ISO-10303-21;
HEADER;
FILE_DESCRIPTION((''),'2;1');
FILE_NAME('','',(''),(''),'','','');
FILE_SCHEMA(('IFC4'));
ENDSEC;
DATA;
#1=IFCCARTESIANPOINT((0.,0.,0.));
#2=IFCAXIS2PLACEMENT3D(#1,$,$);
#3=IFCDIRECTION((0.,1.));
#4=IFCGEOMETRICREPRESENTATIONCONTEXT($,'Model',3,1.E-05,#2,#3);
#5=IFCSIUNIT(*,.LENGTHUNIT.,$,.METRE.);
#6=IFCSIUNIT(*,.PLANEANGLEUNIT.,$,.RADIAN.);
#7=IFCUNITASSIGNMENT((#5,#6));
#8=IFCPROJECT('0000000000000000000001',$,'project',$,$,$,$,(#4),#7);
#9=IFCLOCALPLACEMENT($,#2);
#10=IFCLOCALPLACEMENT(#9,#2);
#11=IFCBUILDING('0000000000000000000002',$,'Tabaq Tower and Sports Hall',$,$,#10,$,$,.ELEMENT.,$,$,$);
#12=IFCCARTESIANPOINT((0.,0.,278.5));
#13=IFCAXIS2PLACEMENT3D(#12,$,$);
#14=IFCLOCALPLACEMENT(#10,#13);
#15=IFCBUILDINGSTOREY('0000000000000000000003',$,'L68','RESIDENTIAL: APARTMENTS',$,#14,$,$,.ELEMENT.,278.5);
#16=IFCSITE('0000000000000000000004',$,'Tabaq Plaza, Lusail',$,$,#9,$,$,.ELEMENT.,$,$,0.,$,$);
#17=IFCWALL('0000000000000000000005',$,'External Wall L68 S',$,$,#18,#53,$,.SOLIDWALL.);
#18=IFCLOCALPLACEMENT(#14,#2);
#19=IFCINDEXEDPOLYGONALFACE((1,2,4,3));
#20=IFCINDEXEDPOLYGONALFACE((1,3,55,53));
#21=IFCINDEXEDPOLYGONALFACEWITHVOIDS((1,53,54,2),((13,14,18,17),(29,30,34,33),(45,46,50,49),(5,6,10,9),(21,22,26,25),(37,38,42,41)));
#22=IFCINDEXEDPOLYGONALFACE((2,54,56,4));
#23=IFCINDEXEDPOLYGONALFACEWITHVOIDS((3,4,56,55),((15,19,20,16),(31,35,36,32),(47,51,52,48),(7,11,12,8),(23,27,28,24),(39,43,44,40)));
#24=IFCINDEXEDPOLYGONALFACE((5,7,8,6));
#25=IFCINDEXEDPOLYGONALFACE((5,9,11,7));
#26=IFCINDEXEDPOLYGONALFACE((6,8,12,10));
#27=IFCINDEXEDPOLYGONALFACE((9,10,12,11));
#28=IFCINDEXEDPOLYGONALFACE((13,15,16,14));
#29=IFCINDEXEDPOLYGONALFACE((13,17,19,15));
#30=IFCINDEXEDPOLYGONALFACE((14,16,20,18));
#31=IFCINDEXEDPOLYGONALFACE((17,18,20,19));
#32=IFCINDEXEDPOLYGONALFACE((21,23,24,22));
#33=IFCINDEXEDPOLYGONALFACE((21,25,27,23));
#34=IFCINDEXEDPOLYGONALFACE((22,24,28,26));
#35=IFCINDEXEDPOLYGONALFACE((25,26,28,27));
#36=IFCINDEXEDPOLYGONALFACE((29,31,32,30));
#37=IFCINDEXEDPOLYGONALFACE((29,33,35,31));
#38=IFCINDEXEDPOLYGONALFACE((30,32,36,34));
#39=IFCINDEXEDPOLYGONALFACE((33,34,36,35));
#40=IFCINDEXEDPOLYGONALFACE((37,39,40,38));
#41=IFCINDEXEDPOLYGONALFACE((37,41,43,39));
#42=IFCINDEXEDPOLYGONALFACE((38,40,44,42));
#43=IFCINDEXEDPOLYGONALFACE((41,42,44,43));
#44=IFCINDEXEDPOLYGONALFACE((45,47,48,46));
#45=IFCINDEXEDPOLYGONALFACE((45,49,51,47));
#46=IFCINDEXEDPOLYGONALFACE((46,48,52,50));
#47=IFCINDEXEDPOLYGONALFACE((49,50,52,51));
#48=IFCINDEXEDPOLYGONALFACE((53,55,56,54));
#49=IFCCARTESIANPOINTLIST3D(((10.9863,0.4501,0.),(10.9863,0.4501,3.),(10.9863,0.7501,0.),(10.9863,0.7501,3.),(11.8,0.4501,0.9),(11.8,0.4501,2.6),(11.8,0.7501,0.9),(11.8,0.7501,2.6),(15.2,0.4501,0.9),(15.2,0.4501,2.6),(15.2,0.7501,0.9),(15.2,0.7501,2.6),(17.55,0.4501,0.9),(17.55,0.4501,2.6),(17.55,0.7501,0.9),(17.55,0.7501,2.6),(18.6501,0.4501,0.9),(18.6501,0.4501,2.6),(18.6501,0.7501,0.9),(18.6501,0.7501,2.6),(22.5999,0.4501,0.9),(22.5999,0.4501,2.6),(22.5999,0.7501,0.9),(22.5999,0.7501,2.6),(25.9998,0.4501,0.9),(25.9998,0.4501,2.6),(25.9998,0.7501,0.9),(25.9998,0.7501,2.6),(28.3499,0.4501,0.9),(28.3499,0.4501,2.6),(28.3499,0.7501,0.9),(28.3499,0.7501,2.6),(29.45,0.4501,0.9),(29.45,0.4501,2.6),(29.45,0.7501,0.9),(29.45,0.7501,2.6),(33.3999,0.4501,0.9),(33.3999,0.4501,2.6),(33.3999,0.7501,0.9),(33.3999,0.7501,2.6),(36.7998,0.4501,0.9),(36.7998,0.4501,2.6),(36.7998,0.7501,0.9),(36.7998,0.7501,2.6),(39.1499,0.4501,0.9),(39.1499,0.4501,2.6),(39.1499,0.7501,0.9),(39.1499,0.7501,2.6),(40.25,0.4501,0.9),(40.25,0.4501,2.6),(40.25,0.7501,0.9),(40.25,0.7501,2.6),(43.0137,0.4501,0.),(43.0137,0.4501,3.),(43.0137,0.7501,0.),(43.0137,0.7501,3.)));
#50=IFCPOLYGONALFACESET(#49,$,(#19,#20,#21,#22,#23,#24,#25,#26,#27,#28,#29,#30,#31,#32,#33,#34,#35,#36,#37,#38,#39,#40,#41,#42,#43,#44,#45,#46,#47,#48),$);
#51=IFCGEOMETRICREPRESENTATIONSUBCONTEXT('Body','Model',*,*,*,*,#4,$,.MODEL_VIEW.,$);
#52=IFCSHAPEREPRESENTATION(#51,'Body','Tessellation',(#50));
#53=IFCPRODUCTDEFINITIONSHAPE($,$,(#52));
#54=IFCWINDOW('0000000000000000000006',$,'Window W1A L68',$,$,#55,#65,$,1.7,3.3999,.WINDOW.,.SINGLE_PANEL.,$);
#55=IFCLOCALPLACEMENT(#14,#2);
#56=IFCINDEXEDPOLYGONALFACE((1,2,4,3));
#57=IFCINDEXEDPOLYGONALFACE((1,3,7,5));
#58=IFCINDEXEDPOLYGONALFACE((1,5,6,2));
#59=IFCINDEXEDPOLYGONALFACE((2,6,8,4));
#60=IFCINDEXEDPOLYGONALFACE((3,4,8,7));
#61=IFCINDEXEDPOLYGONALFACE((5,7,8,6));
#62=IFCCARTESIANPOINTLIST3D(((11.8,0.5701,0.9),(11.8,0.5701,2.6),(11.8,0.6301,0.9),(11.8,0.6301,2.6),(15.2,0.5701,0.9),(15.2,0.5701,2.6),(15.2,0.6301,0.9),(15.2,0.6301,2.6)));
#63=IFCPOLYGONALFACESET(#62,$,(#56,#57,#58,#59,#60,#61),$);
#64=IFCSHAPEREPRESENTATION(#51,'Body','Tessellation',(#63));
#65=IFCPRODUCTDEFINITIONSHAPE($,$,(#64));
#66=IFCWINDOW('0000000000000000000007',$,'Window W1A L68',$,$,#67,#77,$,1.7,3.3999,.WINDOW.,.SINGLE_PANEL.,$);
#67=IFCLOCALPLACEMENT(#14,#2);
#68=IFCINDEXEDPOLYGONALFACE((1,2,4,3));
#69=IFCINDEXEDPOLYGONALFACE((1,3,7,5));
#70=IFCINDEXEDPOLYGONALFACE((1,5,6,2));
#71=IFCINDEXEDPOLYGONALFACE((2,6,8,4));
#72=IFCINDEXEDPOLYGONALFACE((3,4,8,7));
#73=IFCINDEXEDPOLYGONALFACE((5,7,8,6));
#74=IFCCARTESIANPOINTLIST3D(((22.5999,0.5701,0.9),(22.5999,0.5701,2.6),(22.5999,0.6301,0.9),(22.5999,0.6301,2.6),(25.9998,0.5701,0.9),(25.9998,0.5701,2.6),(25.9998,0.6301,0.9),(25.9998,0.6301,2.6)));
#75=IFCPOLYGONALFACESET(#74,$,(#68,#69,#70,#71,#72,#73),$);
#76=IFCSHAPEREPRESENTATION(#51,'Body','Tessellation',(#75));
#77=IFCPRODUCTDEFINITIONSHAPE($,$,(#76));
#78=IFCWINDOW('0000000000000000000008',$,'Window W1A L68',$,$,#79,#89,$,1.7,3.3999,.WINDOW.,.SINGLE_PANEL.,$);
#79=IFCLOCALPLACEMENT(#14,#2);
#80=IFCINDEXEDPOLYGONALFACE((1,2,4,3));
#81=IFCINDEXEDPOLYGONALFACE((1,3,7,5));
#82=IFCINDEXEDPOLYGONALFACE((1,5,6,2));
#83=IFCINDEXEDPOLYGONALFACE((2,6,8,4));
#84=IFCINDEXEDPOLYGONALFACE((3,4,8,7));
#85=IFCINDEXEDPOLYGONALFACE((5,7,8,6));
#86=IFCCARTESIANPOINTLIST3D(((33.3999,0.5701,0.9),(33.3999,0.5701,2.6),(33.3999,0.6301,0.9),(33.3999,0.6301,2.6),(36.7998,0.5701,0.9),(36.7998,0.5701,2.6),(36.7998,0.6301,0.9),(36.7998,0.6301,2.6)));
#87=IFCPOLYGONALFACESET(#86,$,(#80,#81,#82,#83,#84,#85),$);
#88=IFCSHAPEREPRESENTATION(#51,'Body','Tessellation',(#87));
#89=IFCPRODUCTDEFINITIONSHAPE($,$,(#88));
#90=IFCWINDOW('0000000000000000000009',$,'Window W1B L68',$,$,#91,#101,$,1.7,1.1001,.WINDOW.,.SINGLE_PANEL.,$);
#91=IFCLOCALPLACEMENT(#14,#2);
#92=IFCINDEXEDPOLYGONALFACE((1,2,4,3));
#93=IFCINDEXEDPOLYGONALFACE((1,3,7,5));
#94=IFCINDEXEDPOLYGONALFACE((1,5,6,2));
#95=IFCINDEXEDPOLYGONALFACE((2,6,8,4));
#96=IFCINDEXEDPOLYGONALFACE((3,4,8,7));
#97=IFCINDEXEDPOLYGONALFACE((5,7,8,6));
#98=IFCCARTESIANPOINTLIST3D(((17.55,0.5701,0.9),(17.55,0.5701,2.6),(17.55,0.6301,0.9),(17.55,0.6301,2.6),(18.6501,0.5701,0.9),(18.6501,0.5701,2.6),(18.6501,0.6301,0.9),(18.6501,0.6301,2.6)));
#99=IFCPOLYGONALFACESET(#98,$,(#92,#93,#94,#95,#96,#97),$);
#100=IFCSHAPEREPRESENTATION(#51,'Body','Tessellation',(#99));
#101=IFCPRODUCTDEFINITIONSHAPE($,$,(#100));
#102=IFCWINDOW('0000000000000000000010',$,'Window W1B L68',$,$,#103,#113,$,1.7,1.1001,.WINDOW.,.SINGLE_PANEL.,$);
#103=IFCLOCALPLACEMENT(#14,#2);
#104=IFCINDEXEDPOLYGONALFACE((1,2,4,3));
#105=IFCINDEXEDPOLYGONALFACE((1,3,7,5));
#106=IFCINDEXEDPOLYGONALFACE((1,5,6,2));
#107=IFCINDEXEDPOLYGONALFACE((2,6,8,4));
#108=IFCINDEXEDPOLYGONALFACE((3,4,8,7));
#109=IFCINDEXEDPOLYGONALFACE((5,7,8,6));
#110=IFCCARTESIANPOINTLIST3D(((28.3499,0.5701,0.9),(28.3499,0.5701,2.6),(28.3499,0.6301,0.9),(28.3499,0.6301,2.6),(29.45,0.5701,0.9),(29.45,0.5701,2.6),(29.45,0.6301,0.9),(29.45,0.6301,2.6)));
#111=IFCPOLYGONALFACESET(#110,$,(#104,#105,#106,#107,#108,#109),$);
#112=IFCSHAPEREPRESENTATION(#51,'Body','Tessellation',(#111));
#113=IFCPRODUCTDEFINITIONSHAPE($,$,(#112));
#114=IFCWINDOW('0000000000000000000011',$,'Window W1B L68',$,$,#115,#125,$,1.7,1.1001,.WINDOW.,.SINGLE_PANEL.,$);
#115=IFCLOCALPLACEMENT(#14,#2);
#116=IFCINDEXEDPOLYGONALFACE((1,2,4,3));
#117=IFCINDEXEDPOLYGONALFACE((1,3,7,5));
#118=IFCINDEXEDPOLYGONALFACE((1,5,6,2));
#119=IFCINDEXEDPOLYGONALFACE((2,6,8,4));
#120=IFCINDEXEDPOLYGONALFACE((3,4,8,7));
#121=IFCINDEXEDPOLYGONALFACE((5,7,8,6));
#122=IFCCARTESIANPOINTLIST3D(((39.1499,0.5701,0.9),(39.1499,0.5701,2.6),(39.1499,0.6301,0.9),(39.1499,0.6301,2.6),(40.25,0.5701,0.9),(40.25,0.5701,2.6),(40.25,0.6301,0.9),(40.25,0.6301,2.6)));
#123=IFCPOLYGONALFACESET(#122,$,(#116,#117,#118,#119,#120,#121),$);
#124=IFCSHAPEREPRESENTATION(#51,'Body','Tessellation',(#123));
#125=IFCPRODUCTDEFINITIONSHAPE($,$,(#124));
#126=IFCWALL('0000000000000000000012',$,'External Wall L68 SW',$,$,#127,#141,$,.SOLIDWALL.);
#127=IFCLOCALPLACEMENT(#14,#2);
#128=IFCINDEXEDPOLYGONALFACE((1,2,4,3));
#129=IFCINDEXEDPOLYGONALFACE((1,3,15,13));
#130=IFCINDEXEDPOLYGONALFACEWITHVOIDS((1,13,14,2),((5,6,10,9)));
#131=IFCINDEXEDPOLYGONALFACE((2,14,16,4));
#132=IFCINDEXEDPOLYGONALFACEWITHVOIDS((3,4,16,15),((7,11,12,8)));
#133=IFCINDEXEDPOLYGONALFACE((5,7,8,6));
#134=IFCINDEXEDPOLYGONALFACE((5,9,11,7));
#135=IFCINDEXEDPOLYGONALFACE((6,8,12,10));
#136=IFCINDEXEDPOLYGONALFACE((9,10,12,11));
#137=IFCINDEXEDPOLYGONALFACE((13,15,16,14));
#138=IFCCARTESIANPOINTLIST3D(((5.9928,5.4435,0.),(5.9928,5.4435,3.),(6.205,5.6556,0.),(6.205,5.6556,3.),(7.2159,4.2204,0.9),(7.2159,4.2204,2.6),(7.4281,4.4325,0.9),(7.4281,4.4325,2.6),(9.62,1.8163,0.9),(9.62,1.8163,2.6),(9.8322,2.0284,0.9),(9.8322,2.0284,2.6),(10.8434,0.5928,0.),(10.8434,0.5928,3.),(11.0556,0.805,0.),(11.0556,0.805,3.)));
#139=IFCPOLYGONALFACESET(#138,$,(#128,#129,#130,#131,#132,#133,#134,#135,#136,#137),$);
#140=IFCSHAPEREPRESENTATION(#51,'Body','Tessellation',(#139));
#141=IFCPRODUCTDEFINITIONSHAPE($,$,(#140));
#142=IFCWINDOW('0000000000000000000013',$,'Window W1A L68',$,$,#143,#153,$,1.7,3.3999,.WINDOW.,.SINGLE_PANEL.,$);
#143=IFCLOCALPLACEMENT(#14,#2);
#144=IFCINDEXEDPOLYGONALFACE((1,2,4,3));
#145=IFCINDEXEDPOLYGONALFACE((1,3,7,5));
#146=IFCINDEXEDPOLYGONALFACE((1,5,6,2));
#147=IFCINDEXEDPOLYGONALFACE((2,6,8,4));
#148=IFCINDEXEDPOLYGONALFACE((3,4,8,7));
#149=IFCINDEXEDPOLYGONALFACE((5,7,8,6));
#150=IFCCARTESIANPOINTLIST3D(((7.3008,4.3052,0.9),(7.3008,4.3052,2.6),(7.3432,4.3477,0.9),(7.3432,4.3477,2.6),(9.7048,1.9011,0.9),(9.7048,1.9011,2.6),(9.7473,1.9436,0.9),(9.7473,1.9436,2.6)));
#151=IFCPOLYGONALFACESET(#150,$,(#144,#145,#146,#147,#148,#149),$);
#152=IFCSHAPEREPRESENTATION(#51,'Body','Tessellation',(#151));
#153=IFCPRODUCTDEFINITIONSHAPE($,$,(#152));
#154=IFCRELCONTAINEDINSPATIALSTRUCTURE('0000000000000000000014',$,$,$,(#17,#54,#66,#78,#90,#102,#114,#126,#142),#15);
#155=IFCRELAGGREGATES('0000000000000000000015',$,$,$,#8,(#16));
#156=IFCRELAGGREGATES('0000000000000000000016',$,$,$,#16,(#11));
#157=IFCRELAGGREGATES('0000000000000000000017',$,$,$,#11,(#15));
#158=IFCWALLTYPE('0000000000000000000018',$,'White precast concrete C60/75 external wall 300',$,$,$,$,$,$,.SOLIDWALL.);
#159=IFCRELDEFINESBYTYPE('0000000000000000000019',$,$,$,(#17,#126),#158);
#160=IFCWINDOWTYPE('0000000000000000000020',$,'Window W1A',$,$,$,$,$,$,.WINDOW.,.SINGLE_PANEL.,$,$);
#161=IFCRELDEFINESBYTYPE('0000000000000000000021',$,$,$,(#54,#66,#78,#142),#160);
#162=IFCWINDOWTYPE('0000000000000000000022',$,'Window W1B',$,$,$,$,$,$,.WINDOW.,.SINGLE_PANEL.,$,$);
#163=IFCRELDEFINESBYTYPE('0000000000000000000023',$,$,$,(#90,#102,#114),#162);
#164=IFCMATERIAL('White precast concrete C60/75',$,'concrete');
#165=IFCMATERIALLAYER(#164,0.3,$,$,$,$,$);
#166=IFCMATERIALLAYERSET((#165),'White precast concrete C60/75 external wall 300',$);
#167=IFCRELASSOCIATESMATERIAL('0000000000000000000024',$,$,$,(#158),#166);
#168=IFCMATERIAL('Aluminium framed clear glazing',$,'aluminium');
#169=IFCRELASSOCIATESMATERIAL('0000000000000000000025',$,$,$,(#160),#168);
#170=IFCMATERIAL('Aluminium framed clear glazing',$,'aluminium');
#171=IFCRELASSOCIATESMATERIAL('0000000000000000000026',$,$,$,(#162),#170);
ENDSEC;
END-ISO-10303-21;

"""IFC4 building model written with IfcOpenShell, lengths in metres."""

from ifc_helpers import new_model, si_unit, direction, frame, frame_2d, origin, place, context, subcontext, project, spatial, rectangle, extrude, material, layer, layer_set, type_object, element, fill, save


model = new_model("IFC4")

# Units and contexts
model_context = context("Model", 3, precision=1e-05, world=origin(), true_north=direction((0.0, 1.0)))
body_context = subcontext(model_context, "Body", "Model", "MODEL_VIEW")
ifc_project = project(units=[si_unit("LENGTHUNIT", "METRE"), si_unit("PLANEANGLEUNIT", "RADIAN")], contexts=[model_context])

# Site, building, storey
site_placement = place(None, origin())
site = spatial("IfcSite", under=ifc_project, at=site_placement, Name="Tabaq Plaza, Lusail", CompositionType="ELEMENT", RefElevation=0.0)
building_placement = place(site_placement, origin())
building = spatial("IfcBuilding", under=site, at=building_placement, Name="Tabaq Tower and Sports Hall", CompositionType="ELEMENT")
storey_placement = place(building_placement, frame((0.0, 0.0, 278.5)))
storey = spatial("IfcBuildingStorey", under=building, at=storey_placement, Name="L68", Description="RESIDENTIAL: APARTMENTS", CompositionType="ELEMENT", Elevation=278.5)

# Wall, openings, windows
ifc_material_1 = material(Name="White precast concrete C60/75", Category="concrete")
ifc_layer_1 = layer(ifc_material_1, 0.3)
ifc_layer_set_1 = layer_set([ifc_layer_1], Name="White precast concrete C60/75 external wall 300")
wall_type_1 = type_object("IfcWallType", Name="White precast concrete C60/75 external wall 300", PredefinedType="SOLIDWALL", material=ifc_layer_set_1)
wall_1_placement = place(storey_placement, frame((10.9863, 0.6001, 0.0), z_axis=(0.0, 0.0, 1.0), x_axis=(1.0, 0.0, 0.0)))
wall_1 = element("IfcWall", 1, at=wall_1_placement, inside=storey, type_object=wall_type_1, Name="External Wall L68 S", PredefinedType="SOLIDWALL", context=body_context, shape_type="SweptSolid", body=[
    extrude(rectangle(XDim=32.0273, YDim=0.3, at=frame_2d((16.0137, 0.0))), origin(), (0.0, 0.0, 1.0), 3.0),
])
opening_1_placement = place(wall_1_placement, frame((0.8137, 0.0, 0.8999)))
opening_1 = element("IfcOpeningElement", 2, at=opening_1_placement, cuts=wall_1, PredefinedType="OPENING", context=body_context, shape_type="SweptSolid", body=[
    extrude(rectangle(XDim=3.3999, YDim=1.7, at=frame_2d((1.7, 0.8501))), frame((0.0, 0.1602, 0.0), z_axis=(0.0, -1.0, 0.0), x_axis=(1.0, 0.0, 0.0)), (0.0, 0.0, 1.0), 0.3201),
])
opening_2_placement = place(wall_1_placement, frame((6.5637, 0.0, 0.8999)))
opening_2 = element("IfcOpeningElement", 3, at=opening_2_placement, cuts=wall_1, PredefinedType="OPENING", context=body_context, shape_type="SweptSolid", body=[
    extrude(rectangle(XDim=1.1001, YDim=1.7, at=frame_2d((0.55, 0.8501))), frame((0.0, 0.1602, 0.0), z_axis=(0.0, -1.0, 0.0), x_axis=(1.0, 0.0, 0.0)), (0.0, 0.0, 1.0), 0.3201),
])
opening_3_placement = place(wall_1_placement, frame((11.6135, 0.0, 0.8999)))
opening_3 = element("IfcOpeningElement", 4, at=opening_3_placement, cuts=wall_1, PredefinedType="OPENING", context=body_context, shape_type="SweptSolid", body=[
    extrude(rectangle(XDim=3.3999, YDim=1.7, at=frame_2d((1.7, 0.8501))), frame((0.0, 0.1602, 0.0), z_axis=(0.0, -1.0, 0.0), x_axis=(1.0, 0.0, 0.0)), (0.0, 0.0, 1.0), 0.3201),
])
opening_4_placement = place(wall_1_placement, frame((17.3635, 0.0, 0.8999)))
opening_4 = element("IfcOpeningElement", 5, at=opening_4_placement, cuts=wall_1, PredefinedType="OPENING", context=body_context, shape_type="SweptSolid", body=[
    extrude(rectangle(XDim=1.1001, YDim=1.7, at=frame_2d((0.55, 0.8501))), frame((0.0, 0.1602, 0.0), z_axis=(0.0, -1.0, 0.0), x_axis=(1.0, 0.0, 0.0)), (0.0, 0.0, 1.0), 0.3201),
])
opening_5_placement = place(wall_1_placement, frame((22.4136, 0.0, 0.8999)))
opening_5 = element("IfcOpeningElement", 6, at=opening_5_placement, cuts=wall_1, PredefinedType="OPENING", context=body_context, shape_type="SweptSolid", body=[
    extrude(rectangle(XDim=3.3999, YDim=1.7, at=frame_2d((1.7, 0.8501))), frame((0.0, 0.1602, 0.0), z_axis=(0.0, -1.0, 0.0), x_axis=(1.0, 0.0, 0.0)), (0.0, 0.0, 1.0), 0.3201),
])
opening_6_placement = place(wall_1_placement, frame((28.1636, 0.0, 0.8999)))
opening_6 = element("IfcOpeningElement", 7, at=opening_6_placement, cuts=wall_1, PredefinedType="OPENING", context=body_context, shape_type="SweptSolid", body=[
    extrude(rectangle(XDim=1.1001, YDim=1.7, at=frame_2d((0.55, 0.8501))), frame((0.0, 0.1602, 0.0), z_axis=(0.0, -1.0, 0.0), x_axis=(1.0, 0.0, 0.0)), (0.0, 0.0, 1.0), 0.3201),
])
ifc_material_2 = material(Name="Aluminium framed clear glazing", Category="aluminium")
window_type_1 = type_object("IfcWindowType", Name="Window W1A", PartitioningType="SINGLE_PANEL", PredefinedType="WINDOW", material=ifc_material_2)
window_1_placement = place(opening_1_placement, origin())
window_1 = element("IfcWindow", 8, at=window_1_placement, inside=storey, type_object=window_type_1, Name="Window W1A L68", OverallHeight=1.7, OverallWidth=3.3999, PartitioningType="SINGLE_PANEL", PredefinedType="WINDOW", context=body_context, shape_type="SweptSolid", body=[
    extrude(rectangle(XDim=3.3999, YDim=1.7, at=frame_2d((1.7, 0.8501))), frame((0.0, 0.03, 0.0), z_axis=(0.0, -1.0, 0.0), x_axis=(1.0, 0.0, 0.0)), (0.0, 0.0, 1.0), 0.0601),
])
fill(opening_1, window_1)
window_2_placement = place(opening_3_placement, origin())
window_2 = element("IfcWindow", 9, at=window_2_placement, inside=storey, type_object=window_type_1, Name="Window W1A L68", OverallHeight=1.7, OverallWidth=3.3999, PartitioningType="SINGLE_PANEL", PredefinedType="WINDOW", context=body_context, shape_type="SweptSolid", body=[
    extrude(rectangle(XDim=3.3999, YDim=1.7, at=frame_2d((1.7, 0.8501))), frame((0.0, 0.03, 0.0), z_axis=(0.0, -1.0, 0.0), x_axis=(1.0, 0.0, 0.0)), (0.0, 0.0, 1.0), 0.0601),
])
fill(opening_3, window_2)
window_3_placement = place(opening_5_placement, origin())
window_3 = element("IfcWindow", 10, at=window_3_placement, inside=storey, type_object=window_type_1, Name="Window W1A L68", OverallHeight=1.7, OverallWidth=3.3999, PartitioningType="SINGLE_PANEL", PredefinedType="WINDOW", context=body_context, shape_type="SweptSolid", body=[
    extrude(rectangle(XDim=3.3999, YDim=1.7, at=frame_2d((1.7, 0.8501))), frame((0.0, 0.03, 0.0), z_axis=(0.0, -1.0, 0.0), x_axis=(1.0, 0.0, 0.0)), (0.0, 0.0, 1.0), 0.0601),
])
fill(opening_5, window_3)
ifc_material_3 = material(Name="Aluminium framed clear glazing", Category="aluminium")
window_type_2 = type_object("IfcWindowType", Name="Window W1B", PartitioningType="SINGLE_PANEL", PredefinedType="WINDOW", material=ifc_material_3)
window_4_placement = place(opening_2_placement, origin())
window_4 = element("IfcWindow", 11, at=window_4_placement, inside=storey, type_object=window_type_2, Name="Window W1B L68", OverallHeight=1.7, OverallWidth=1.1001, PartitioningType="SINGLE_PANEL", PredefinedType="WINDOW", context=body_context, shape_type="SweptSolid", body=[
    extrude(rectangle(XDim=1.1001, YDim=1.7, at=frame_2d((0.55, 0.8501))), frame((0.0, 0.03, 0.0), z_axis=(0.0, -1.0, 0.0), x_axis=(1.0, 0.0, 0.0)), (0.0, 0.0, 1.0), 0.0601),
])
fill(opening_2, window_4)
window_5_placement = place(opening_4_placement, origin())
window_5 = element("IfcWindow", 12, at=window_5_placement, inside=storey, type_object=window_type_2, Name="Window W1B L68", OverallHeight=1.7, OverallWidth=1.1001, PartitioningType="SINGLE_PANEL", PredefinedType="WINDOW", context=body_context, shape_type="SweptSolid", body=[
    extrude(rectangle(XDim=1.1001, YDim=1.7, at=frame_2d((0.55, 0.8501))), frame((0.0, 0.03, 0.0), z_axis=(0.0, -1.0, 0.0), x_axis=(1.0, 0.0, 0.0)), (0.0, 0.0, 1.0), 0.0601),
])
fill(opening_4, window_5)
window_6_placement = place(opening_6_placement, origin())
window_6 = element("IfcWindow", 13, at=window_6_placement, inside=storey, type_object=window_type_2, Name="Window W1B L68", OverallHeight=1.7, OverallWidth=1.1001, PartitioningType="SINGLE_PANEL", PredefinedType="WINDOW", context=body_context, shape_type="SweptSolid", body=[
    extrude(rectangle(XDim=1.1001, YDim=1.7, at=frame_2d((0.55, 0.8501))), frame((0.0, 0.03, 0.0), z_axis=(0.0, -1.0, 0.0), x_axis=(1.0, 0.0, 0.0)), (0.0, 0.0, 1.0), 0.0601),
])
fill(opening_6, window_6)

# Wall, opening, window
wall_2_placement = place(storey_placement, frame((6.0989, 5.5496, 0.0), z_axis=(0.0, 0.0, 1.0), x_axis=(0.707107, -0.707107, 0.0)))
wall_2 = element("IfcWall", 14, at=wall_2_placement, inside=storey, type_object=wall_type_1, Name="External Wall L68 SW", PredefinedType="SOLIDWALL", context=body_context, shape_type="SweptSolid", body=[
    extrude(rectangle(XDim=6.8599, YDim=0.3, at=frame_2d((3.4299, 0.0))), origin(), (0.0, 0.0, 1.0), 3.0),
])
opening_7_placement = place(wall_2_placement, frame((1.7297, 0.0, 0.8999)))
opening_7 = element("IfcOpeningElement", 15, at=opening_7_placement, cuts=wall_2, PredefinedType="OPENING", context=body_context, shape_type="SweptSolid", body=[
    extrude(rectangle(XDim=3.3999, YDim=1.7, at=frame_2d((1.7, 0.8501))), frame((0.0, 0.1602, 0.0), z_axis=(0.0, -1.0, 0.0), x_axis=(1.0, 0.0, 0.0)), (0.0, 0.0, 1.0), 0.3201),
])
window_7_placement = place(opening_7_placement, origin())
window_7 = element("IfcWindow", 16, at=window_7_placement, inside=storey, type_object=window_type_1, Name="Window W1A L68", OverallHeight=1.7, OverallWidth=3.3999, PartitioningType="SINGLE_PANEL", PredefinedType="WINDOW", context=body_context, shape_type="SweptSolid", body=[
    extrude(rectangle(XDim=3.3999, YDim=1.7, at=frame_2d((1.7, 0.8501))), frame((0.0, 0.03, 0.0), z_axis=(0.0, -1.0, 0.0), x_axis=(1.0, 0.0, 0.0)), (0.0, 0.0, 1.0), 0.0601),
])
fill(opening_7, window_7)

save(model, "model.ifc")
